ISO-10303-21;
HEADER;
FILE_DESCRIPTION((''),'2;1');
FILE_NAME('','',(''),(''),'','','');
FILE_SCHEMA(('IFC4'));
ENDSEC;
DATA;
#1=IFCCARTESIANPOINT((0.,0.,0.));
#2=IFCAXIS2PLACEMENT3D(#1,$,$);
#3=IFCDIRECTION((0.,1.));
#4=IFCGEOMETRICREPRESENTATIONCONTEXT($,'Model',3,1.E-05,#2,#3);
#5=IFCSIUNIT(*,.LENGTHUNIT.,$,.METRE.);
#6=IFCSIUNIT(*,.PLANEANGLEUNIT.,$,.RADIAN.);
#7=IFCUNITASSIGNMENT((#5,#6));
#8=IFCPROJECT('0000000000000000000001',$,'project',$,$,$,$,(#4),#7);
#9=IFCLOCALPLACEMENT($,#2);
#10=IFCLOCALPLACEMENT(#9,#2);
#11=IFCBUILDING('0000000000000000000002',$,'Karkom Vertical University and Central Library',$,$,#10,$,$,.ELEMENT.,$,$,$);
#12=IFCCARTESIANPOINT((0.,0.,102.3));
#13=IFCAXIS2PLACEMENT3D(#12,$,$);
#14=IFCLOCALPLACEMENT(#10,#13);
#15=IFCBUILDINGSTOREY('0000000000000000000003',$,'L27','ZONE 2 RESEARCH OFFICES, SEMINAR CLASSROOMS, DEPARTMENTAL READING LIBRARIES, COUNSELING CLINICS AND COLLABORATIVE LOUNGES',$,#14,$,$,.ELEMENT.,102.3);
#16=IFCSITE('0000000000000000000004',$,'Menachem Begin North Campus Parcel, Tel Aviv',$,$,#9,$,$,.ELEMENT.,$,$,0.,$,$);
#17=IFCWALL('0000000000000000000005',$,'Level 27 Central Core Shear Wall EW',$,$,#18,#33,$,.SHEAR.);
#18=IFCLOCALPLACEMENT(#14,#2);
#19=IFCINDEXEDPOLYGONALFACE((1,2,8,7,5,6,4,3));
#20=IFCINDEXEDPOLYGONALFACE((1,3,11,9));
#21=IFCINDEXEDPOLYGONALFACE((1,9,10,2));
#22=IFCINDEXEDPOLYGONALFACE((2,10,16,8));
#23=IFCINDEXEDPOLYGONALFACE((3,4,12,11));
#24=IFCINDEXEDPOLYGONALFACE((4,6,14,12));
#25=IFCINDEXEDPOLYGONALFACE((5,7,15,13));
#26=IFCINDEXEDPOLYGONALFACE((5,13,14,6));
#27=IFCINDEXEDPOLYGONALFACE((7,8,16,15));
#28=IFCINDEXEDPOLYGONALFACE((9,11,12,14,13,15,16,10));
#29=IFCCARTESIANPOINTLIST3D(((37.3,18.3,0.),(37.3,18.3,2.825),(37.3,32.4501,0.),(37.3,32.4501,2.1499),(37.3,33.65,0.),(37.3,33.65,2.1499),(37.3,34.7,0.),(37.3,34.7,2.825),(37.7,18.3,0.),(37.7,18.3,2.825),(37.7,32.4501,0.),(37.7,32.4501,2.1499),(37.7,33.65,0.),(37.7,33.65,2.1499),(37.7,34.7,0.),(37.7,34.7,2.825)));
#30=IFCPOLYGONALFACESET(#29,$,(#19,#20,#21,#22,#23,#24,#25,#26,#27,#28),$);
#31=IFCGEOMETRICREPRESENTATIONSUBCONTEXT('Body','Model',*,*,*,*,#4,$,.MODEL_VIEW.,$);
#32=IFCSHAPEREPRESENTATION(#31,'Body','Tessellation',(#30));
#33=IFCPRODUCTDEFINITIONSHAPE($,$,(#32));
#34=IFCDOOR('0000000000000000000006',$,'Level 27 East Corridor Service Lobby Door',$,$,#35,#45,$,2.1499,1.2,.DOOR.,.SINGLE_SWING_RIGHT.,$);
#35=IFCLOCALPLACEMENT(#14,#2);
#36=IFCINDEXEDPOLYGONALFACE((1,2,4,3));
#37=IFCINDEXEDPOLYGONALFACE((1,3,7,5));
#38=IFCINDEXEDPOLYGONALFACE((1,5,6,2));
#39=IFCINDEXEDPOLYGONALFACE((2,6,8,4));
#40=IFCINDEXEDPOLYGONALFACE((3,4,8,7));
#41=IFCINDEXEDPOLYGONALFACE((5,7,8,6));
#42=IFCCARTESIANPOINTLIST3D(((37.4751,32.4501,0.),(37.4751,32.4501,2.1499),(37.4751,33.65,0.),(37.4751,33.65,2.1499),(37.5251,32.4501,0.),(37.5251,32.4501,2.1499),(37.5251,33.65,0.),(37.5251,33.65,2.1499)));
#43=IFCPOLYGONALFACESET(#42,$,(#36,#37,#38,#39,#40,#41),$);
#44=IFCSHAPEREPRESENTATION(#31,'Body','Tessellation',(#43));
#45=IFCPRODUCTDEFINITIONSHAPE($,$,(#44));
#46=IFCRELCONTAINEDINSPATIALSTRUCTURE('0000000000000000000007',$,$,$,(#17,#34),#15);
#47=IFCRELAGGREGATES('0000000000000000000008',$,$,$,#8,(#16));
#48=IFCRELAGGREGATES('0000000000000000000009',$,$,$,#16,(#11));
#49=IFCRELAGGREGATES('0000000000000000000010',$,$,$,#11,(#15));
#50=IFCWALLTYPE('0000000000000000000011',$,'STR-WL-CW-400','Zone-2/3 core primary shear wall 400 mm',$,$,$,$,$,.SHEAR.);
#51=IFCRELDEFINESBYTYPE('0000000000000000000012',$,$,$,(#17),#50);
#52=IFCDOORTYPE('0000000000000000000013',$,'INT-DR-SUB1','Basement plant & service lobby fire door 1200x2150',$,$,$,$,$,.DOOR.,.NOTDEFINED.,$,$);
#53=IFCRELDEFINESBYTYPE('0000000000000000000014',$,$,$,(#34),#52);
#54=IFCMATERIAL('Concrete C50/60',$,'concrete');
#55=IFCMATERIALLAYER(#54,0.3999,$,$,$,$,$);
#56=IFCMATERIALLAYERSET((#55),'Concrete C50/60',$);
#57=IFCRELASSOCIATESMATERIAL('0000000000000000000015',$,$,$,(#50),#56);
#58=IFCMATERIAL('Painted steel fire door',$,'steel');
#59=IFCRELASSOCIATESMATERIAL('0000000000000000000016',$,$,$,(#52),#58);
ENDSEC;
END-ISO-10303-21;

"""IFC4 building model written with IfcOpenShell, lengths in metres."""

from ifc_helpers import new_model, si_unit, direction, frame, frame_2d, origin, origin_with_axes, place, context, subcontext, project, spatial, rectangle, extrude, source, transform, mapped, material, layer, layer_set, type_object, element, fill, save


model = new_model("IFC4")

# Units and contexts
model_context = context("Model", 3, precision=1e-05, world=origin(), true_north=direction((0.0, 1.0)))
body_context = subcontext(model_context, "Body", "Model", "MODEL_VIEW")
ifc_project = project(units=[si_unit("LENGTHUNIT", "METRE"), si_unit("PLANEANGLEUNIT", "RADIAN")], contexts=[model_context])

# Site, building, storey
site_placement = place(None, origin())
site = spatial("IfcSite", under=ifc_project, at=site_placement, Name="Menachem Begin North Campus Parcel, Tel Aviv", CompositionType="ELEMENT", RefElevation=0.0)
building_placement = place(site_placement, origin())
building = spatial("IfcBuilding", under=site, at=building_placement, Name="Karkom Vertical University and Central Library", CompositionType="ELEMENT")
storey_placement = place(building_placement, frame((0.0, 0.0, 102.3)))
storey = spatial("IfcBuildingStorey", under=building, at=storey_placement, Name="L27", Description="ZONE 2 RESEARCH OFFICES, SEMINAR CLASSROOMS, DEPARTMENTAL READING LIBRARIES, COUNSELING CLINICS AND COLLABORATIVE LOUNGES", CompositionType="ELEMENT", Elevation=102.3)

# Shared definitions
ifc_material_1 = material(Name="Concrete C50/60", Category="concrete")

# Wall, opening, door
ifc_layer_1 = layer(ifc_material_1, 0.3999)
ifc_layer_set_1 = layer_set([ifc_layer_1], Name="Concrete C50/60")
wall_type_1 = type_object("IfcWallType", Name="STR-WL-CW-400", Description="Zone-2/3 core primary shear wall 400 mm", PredefinedType="SHEAR", material=ifc_layer_set_1)
wall_1_placement = place(storey_placement, frame((37.5, 18.3, 0.0), z_axis=(0.0, 0.0, 1.0), x_axis=(0.0, 1.0, 0.0)))
wall_1 = element("IfcWall", 1, at=wall_1_placement, inside=storey, type_object=wall_type_1, Name="Level 27 Central Core Shear Wall EW", PredefinedType="SHEAR", context=body_context, shape_type="SweptSolid", body=[
    extrude(rectangle(XDim=16.3999, YDim=0.3999, at=frame_2d((8.2, 0.0))), origin(), (0.0, 0.0, 1.0), 2.825),
])
opening_placement = place(wall_1_placement, frame((14.1499, 0.0, 0.0)))
opening = element("IfcOpeningElement", 2, at=opening_placement, cuts=wall_1, PredefinedType="OPENING", context=body_context, shape_type="SweptSolid", body=[
    extrude(rectangle(XDim=1.2, YDim=2.1499, at=frame_2d((0.6001, 1.075))), frame((0.0, 0.21, 0.0), z_axis=(0.0, -1.0, 0.0), x_axis=(1.0, 0.0, 0.0)), (0.0, 0.0, 1.0), 0.4199),
])
ifc_material_2 = material(Name="Painted steel fire door", Category="steel")
door_type = type_object("IfcDoorType", Name="INT-DR-SUB1", Description="Basement plant & service lobby fire door 1200x2150", OperationType="NOTDEFINED", PredefinedType="DOOR", material=ifc_material_2)
shared_shape_1 = source(origin_with_axes(), body_context, "Body", "SweptSolid", [
    extrude(rectangle(XDim=1.2, YDim=2.1499, at=frame_2d((0.6001, 1.075))), frame((0.0, 0.0249, 0.0), z_axis=(0.0, -1.0, 0.0), x_axis=(1.0, 0.0, 0.0)), (0.0, 0.0, 1.0), 0.05),
])
door_placement = place(opening_placement, origin())
door = element("IfcDoor", 3, at=door_placement, inside=storey, type_object=door_type, Name="Level 27 East Corridor Service Lobby Door", OperationType="SINGLE_SWING_RIGHT", OverallHeight=2.1499, OverallWidth=1.2, PredefinedType="DOOR", context=body_context, shape_type="MappedRepresentation", body=[
    mapped(shared_shape_1, transform((0.0, 0.0, 0.0), scale=1.0)),
])
fill(opening, door)

save(model, "model.ifc")
